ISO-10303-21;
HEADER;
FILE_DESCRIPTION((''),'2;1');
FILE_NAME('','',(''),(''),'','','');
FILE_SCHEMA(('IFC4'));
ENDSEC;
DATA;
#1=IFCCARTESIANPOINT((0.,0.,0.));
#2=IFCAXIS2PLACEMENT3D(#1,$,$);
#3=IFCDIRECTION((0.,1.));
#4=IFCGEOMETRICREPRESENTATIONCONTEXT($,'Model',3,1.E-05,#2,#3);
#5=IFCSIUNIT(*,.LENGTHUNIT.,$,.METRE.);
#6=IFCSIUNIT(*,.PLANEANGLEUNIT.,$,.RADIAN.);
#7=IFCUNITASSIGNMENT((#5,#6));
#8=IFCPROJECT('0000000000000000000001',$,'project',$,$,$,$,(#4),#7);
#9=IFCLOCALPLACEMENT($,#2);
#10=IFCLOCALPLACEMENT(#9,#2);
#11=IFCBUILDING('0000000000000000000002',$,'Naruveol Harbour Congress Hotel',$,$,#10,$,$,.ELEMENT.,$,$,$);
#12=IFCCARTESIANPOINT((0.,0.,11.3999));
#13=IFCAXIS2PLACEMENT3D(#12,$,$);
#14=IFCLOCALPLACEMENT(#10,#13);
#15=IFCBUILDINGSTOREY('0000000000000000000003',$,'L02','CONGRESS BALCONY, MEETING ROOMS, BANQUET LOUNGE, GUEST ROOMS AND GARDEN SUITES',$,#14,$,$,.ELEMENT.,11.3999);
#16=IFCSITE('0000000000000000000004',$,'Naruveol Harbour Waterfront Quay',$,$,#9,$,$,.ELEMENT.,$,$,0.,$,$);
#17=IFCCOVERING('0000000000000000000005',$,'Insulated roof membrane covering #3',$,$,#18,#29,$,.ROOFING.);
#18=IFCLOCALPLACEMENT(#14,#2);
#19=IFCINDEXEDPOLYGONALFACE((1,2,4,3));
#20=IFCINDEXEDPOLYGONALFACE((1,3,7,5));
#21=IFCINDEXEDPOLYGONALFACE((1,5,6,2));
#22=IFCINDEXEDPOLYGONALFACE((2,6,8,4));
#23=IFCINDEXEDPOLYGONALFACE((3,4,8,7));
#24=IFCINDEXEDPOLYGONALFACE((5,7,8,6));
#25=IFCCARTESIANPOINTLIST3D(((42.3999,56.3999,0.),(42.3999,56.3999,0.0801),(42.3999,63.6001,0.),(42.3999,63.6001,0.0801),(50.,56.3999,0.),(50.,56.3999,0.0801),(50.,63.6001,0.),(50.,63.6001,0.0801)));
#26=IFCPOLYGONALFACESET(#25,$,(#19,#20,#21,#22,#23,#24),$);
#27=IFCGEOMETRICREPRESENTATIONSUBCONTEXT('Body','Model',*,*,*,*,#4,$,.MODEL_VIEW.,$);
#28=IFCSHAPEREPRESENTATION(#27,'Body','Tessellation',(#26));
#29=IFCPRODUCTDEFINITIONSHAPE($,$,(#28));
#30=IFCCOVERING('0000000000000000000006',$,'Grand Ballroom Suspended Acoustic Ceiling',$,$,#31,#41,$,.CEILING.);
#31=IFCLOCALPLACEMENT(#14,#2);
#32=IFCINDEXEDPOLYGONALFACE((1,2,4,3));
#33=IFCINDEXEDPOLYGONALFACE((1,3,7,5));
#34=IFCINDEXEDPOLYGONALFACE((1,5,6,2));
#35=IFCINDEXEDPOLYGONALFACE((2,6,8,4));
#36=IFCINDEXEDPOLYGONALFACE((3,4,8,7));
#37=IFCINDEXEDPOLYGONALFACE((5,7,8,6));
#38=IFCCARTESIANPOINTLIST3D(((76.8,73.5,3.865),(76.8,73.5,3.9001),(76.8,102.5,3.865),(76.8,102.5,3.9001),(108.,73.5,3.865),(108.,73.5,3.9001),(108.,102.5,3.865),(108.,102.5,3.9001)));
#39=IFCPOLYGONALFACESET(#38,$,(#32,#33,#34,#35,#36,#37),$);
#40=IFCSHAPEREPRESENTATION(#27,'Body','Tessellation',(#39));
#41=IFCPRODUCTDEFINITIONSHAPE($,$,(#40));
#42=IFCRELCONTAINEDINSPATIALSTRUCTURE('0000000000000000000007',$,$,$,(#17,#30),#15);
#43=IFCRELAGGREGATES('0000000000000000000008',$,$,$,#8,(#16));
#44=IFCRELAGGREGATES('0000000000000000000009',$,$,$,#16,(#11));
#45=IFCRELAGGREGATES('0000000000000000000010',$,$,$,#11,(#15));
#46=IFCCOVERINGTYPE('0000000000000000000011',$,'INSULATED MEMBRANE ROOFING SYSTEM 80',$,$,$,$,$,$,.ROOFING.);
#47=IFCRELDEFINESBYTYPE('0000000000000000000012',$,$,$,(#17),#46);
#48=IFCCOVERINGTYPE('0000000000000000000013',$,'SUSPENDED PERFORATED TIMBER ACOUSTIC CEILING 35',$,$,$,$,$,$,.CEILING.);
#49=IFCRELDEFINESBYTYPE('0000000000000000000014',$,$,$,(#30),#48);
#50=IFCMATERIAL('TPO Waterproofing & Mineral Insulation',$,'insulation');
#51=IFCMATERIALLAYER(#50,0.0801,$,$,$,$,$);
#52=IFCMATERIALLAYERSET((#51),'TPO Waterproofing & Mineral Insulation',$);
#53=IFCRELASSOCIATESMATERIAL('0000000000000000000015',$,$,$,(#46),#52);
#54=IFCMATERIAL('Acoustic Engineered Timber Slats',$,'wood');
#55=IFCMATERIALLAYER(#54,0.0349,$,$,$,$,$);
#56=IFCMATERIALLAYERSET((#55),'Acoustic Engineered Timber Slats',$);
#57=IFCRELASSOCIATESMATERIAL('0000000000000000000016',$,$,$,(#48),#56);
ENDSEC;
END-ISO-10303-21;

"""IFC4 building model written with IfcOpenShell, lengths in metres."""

from ifc_helpers import new_model, si_unit, direction, frame, origin, place, context, subcontext, project, spatial, polyline, outline, extrude, material, layer, layer_set, type_object, element, save


model = new_model("IFC4")

# Units and contexts
model_context = context("Model", 3, precision=1e-05, world=origin(), true_north=direction((0.0, 1.0)))
body_context = subcontext(model_context, "Body", "Model", "MODEL_VIEW")
ifc_project = project(units=[si_unit("LENGTHUNIT", "METRE"), si_unit("PLANEANGLEUNIT", "RADIAN")], contexts=[model_context])

# Site, building, storey
site_placement = place(None, origin())
site = spatial("IfcSite", under=ifc_project, at=site_placement, Name="Naruveol Harbour Waterfront Quay", CompositionType="ELEMENT", RefElevation=0.0)
building_placement = place(site_placement, origin())
building = spatial("IfcBuilding", under=site, at=building_placement, Name="Naruveol Harbour Congress Hotel", CompositionType="ELEMENT")
storey_placement = place(building_placement, frame((0.0, 0.0, 11.3999)))
storey = spatial("IfcBuildingStorey", under=building, at=storey_placement, Name="L02", Description="CONGRESS BALCONY, MEETING ROOMS, BANQUET LOUNGE, GUEST ROOMS AND GARDEN SUITES", CompositionType="ELEMENT", Elevation=11.3999)

# Coverings
ifc_material_1 = material(Name="TPO Waterproofing & Mineral Insulation", Category="insulation")
ifc_layer_1 = layer(ifc_material_1, 0.0801)
ifc_layer_set_1 = layer_set([ifc_layer_1], Name="TPO Waterproofing & Mineral Insulation")
covering_type_1 = type_object("IfcCoveringType", Name="INSULATED MEMBRANE ROOFING SYSTEM 80", PredefinedType="ROOFING", material=ifc_layer_set_1)
covering_1_placement = place(storey_placement, origin())
element("IfcCovering", 1, at=covering_1_placement, inside=storey, type_object=covering_type_1, Name="Insulated roof membrane covering #3", PredefinedType="ROOFING", context=body_context, shape_type="SweptSolid", body=[
    extrude(outline(polyline([(42.3999, 56.3999), (50.0, 56.3999), (50.0, 63.6001), (42.3999, 63.6001), (42.3999, 56.3999)])), origin(), (0.0, 0.0, 1.0), 0.0801),
])
ifc_material_2 = material(Name="Acoustic Engineered Timber Slats", Category="wood")
ifc_layer_2 = layer(ifc_material_2, 0.0349)
ifc_layer_set_2 = layer_set([ifc_layer_2], Name="Acoustic Engineered Timber Slats")
covering_type_2 = type_object("IfcCoveringType", Name="SUSPENDED PERFORATED TIMBER ACOUSTIC CEILING 35", PredefinedType="CEILING", material=ifc_layer_set_2)
covering_2_placement = place(storey_placement, frame((0.0, 0.0, 3.865)))
element("IfcCovering", 2, at=covering_2_placement, inside=storey, type_object=covering_type_2, Name="Grand Ballroom Suspended Acoustic Ceiling", PredefinedType="CEILING", context=body_context, shape_type="SweptSolid", body=[
    extrude(outline(polyline([(76.8, 73.5), (108.0, 73.5), (108.0, 102.5), (76.8, 102.5), (76.8, 73.5)])), origin(), (0.0, 0.0, 1.0), 0.0352),
])

save(model, "model.ifc")
